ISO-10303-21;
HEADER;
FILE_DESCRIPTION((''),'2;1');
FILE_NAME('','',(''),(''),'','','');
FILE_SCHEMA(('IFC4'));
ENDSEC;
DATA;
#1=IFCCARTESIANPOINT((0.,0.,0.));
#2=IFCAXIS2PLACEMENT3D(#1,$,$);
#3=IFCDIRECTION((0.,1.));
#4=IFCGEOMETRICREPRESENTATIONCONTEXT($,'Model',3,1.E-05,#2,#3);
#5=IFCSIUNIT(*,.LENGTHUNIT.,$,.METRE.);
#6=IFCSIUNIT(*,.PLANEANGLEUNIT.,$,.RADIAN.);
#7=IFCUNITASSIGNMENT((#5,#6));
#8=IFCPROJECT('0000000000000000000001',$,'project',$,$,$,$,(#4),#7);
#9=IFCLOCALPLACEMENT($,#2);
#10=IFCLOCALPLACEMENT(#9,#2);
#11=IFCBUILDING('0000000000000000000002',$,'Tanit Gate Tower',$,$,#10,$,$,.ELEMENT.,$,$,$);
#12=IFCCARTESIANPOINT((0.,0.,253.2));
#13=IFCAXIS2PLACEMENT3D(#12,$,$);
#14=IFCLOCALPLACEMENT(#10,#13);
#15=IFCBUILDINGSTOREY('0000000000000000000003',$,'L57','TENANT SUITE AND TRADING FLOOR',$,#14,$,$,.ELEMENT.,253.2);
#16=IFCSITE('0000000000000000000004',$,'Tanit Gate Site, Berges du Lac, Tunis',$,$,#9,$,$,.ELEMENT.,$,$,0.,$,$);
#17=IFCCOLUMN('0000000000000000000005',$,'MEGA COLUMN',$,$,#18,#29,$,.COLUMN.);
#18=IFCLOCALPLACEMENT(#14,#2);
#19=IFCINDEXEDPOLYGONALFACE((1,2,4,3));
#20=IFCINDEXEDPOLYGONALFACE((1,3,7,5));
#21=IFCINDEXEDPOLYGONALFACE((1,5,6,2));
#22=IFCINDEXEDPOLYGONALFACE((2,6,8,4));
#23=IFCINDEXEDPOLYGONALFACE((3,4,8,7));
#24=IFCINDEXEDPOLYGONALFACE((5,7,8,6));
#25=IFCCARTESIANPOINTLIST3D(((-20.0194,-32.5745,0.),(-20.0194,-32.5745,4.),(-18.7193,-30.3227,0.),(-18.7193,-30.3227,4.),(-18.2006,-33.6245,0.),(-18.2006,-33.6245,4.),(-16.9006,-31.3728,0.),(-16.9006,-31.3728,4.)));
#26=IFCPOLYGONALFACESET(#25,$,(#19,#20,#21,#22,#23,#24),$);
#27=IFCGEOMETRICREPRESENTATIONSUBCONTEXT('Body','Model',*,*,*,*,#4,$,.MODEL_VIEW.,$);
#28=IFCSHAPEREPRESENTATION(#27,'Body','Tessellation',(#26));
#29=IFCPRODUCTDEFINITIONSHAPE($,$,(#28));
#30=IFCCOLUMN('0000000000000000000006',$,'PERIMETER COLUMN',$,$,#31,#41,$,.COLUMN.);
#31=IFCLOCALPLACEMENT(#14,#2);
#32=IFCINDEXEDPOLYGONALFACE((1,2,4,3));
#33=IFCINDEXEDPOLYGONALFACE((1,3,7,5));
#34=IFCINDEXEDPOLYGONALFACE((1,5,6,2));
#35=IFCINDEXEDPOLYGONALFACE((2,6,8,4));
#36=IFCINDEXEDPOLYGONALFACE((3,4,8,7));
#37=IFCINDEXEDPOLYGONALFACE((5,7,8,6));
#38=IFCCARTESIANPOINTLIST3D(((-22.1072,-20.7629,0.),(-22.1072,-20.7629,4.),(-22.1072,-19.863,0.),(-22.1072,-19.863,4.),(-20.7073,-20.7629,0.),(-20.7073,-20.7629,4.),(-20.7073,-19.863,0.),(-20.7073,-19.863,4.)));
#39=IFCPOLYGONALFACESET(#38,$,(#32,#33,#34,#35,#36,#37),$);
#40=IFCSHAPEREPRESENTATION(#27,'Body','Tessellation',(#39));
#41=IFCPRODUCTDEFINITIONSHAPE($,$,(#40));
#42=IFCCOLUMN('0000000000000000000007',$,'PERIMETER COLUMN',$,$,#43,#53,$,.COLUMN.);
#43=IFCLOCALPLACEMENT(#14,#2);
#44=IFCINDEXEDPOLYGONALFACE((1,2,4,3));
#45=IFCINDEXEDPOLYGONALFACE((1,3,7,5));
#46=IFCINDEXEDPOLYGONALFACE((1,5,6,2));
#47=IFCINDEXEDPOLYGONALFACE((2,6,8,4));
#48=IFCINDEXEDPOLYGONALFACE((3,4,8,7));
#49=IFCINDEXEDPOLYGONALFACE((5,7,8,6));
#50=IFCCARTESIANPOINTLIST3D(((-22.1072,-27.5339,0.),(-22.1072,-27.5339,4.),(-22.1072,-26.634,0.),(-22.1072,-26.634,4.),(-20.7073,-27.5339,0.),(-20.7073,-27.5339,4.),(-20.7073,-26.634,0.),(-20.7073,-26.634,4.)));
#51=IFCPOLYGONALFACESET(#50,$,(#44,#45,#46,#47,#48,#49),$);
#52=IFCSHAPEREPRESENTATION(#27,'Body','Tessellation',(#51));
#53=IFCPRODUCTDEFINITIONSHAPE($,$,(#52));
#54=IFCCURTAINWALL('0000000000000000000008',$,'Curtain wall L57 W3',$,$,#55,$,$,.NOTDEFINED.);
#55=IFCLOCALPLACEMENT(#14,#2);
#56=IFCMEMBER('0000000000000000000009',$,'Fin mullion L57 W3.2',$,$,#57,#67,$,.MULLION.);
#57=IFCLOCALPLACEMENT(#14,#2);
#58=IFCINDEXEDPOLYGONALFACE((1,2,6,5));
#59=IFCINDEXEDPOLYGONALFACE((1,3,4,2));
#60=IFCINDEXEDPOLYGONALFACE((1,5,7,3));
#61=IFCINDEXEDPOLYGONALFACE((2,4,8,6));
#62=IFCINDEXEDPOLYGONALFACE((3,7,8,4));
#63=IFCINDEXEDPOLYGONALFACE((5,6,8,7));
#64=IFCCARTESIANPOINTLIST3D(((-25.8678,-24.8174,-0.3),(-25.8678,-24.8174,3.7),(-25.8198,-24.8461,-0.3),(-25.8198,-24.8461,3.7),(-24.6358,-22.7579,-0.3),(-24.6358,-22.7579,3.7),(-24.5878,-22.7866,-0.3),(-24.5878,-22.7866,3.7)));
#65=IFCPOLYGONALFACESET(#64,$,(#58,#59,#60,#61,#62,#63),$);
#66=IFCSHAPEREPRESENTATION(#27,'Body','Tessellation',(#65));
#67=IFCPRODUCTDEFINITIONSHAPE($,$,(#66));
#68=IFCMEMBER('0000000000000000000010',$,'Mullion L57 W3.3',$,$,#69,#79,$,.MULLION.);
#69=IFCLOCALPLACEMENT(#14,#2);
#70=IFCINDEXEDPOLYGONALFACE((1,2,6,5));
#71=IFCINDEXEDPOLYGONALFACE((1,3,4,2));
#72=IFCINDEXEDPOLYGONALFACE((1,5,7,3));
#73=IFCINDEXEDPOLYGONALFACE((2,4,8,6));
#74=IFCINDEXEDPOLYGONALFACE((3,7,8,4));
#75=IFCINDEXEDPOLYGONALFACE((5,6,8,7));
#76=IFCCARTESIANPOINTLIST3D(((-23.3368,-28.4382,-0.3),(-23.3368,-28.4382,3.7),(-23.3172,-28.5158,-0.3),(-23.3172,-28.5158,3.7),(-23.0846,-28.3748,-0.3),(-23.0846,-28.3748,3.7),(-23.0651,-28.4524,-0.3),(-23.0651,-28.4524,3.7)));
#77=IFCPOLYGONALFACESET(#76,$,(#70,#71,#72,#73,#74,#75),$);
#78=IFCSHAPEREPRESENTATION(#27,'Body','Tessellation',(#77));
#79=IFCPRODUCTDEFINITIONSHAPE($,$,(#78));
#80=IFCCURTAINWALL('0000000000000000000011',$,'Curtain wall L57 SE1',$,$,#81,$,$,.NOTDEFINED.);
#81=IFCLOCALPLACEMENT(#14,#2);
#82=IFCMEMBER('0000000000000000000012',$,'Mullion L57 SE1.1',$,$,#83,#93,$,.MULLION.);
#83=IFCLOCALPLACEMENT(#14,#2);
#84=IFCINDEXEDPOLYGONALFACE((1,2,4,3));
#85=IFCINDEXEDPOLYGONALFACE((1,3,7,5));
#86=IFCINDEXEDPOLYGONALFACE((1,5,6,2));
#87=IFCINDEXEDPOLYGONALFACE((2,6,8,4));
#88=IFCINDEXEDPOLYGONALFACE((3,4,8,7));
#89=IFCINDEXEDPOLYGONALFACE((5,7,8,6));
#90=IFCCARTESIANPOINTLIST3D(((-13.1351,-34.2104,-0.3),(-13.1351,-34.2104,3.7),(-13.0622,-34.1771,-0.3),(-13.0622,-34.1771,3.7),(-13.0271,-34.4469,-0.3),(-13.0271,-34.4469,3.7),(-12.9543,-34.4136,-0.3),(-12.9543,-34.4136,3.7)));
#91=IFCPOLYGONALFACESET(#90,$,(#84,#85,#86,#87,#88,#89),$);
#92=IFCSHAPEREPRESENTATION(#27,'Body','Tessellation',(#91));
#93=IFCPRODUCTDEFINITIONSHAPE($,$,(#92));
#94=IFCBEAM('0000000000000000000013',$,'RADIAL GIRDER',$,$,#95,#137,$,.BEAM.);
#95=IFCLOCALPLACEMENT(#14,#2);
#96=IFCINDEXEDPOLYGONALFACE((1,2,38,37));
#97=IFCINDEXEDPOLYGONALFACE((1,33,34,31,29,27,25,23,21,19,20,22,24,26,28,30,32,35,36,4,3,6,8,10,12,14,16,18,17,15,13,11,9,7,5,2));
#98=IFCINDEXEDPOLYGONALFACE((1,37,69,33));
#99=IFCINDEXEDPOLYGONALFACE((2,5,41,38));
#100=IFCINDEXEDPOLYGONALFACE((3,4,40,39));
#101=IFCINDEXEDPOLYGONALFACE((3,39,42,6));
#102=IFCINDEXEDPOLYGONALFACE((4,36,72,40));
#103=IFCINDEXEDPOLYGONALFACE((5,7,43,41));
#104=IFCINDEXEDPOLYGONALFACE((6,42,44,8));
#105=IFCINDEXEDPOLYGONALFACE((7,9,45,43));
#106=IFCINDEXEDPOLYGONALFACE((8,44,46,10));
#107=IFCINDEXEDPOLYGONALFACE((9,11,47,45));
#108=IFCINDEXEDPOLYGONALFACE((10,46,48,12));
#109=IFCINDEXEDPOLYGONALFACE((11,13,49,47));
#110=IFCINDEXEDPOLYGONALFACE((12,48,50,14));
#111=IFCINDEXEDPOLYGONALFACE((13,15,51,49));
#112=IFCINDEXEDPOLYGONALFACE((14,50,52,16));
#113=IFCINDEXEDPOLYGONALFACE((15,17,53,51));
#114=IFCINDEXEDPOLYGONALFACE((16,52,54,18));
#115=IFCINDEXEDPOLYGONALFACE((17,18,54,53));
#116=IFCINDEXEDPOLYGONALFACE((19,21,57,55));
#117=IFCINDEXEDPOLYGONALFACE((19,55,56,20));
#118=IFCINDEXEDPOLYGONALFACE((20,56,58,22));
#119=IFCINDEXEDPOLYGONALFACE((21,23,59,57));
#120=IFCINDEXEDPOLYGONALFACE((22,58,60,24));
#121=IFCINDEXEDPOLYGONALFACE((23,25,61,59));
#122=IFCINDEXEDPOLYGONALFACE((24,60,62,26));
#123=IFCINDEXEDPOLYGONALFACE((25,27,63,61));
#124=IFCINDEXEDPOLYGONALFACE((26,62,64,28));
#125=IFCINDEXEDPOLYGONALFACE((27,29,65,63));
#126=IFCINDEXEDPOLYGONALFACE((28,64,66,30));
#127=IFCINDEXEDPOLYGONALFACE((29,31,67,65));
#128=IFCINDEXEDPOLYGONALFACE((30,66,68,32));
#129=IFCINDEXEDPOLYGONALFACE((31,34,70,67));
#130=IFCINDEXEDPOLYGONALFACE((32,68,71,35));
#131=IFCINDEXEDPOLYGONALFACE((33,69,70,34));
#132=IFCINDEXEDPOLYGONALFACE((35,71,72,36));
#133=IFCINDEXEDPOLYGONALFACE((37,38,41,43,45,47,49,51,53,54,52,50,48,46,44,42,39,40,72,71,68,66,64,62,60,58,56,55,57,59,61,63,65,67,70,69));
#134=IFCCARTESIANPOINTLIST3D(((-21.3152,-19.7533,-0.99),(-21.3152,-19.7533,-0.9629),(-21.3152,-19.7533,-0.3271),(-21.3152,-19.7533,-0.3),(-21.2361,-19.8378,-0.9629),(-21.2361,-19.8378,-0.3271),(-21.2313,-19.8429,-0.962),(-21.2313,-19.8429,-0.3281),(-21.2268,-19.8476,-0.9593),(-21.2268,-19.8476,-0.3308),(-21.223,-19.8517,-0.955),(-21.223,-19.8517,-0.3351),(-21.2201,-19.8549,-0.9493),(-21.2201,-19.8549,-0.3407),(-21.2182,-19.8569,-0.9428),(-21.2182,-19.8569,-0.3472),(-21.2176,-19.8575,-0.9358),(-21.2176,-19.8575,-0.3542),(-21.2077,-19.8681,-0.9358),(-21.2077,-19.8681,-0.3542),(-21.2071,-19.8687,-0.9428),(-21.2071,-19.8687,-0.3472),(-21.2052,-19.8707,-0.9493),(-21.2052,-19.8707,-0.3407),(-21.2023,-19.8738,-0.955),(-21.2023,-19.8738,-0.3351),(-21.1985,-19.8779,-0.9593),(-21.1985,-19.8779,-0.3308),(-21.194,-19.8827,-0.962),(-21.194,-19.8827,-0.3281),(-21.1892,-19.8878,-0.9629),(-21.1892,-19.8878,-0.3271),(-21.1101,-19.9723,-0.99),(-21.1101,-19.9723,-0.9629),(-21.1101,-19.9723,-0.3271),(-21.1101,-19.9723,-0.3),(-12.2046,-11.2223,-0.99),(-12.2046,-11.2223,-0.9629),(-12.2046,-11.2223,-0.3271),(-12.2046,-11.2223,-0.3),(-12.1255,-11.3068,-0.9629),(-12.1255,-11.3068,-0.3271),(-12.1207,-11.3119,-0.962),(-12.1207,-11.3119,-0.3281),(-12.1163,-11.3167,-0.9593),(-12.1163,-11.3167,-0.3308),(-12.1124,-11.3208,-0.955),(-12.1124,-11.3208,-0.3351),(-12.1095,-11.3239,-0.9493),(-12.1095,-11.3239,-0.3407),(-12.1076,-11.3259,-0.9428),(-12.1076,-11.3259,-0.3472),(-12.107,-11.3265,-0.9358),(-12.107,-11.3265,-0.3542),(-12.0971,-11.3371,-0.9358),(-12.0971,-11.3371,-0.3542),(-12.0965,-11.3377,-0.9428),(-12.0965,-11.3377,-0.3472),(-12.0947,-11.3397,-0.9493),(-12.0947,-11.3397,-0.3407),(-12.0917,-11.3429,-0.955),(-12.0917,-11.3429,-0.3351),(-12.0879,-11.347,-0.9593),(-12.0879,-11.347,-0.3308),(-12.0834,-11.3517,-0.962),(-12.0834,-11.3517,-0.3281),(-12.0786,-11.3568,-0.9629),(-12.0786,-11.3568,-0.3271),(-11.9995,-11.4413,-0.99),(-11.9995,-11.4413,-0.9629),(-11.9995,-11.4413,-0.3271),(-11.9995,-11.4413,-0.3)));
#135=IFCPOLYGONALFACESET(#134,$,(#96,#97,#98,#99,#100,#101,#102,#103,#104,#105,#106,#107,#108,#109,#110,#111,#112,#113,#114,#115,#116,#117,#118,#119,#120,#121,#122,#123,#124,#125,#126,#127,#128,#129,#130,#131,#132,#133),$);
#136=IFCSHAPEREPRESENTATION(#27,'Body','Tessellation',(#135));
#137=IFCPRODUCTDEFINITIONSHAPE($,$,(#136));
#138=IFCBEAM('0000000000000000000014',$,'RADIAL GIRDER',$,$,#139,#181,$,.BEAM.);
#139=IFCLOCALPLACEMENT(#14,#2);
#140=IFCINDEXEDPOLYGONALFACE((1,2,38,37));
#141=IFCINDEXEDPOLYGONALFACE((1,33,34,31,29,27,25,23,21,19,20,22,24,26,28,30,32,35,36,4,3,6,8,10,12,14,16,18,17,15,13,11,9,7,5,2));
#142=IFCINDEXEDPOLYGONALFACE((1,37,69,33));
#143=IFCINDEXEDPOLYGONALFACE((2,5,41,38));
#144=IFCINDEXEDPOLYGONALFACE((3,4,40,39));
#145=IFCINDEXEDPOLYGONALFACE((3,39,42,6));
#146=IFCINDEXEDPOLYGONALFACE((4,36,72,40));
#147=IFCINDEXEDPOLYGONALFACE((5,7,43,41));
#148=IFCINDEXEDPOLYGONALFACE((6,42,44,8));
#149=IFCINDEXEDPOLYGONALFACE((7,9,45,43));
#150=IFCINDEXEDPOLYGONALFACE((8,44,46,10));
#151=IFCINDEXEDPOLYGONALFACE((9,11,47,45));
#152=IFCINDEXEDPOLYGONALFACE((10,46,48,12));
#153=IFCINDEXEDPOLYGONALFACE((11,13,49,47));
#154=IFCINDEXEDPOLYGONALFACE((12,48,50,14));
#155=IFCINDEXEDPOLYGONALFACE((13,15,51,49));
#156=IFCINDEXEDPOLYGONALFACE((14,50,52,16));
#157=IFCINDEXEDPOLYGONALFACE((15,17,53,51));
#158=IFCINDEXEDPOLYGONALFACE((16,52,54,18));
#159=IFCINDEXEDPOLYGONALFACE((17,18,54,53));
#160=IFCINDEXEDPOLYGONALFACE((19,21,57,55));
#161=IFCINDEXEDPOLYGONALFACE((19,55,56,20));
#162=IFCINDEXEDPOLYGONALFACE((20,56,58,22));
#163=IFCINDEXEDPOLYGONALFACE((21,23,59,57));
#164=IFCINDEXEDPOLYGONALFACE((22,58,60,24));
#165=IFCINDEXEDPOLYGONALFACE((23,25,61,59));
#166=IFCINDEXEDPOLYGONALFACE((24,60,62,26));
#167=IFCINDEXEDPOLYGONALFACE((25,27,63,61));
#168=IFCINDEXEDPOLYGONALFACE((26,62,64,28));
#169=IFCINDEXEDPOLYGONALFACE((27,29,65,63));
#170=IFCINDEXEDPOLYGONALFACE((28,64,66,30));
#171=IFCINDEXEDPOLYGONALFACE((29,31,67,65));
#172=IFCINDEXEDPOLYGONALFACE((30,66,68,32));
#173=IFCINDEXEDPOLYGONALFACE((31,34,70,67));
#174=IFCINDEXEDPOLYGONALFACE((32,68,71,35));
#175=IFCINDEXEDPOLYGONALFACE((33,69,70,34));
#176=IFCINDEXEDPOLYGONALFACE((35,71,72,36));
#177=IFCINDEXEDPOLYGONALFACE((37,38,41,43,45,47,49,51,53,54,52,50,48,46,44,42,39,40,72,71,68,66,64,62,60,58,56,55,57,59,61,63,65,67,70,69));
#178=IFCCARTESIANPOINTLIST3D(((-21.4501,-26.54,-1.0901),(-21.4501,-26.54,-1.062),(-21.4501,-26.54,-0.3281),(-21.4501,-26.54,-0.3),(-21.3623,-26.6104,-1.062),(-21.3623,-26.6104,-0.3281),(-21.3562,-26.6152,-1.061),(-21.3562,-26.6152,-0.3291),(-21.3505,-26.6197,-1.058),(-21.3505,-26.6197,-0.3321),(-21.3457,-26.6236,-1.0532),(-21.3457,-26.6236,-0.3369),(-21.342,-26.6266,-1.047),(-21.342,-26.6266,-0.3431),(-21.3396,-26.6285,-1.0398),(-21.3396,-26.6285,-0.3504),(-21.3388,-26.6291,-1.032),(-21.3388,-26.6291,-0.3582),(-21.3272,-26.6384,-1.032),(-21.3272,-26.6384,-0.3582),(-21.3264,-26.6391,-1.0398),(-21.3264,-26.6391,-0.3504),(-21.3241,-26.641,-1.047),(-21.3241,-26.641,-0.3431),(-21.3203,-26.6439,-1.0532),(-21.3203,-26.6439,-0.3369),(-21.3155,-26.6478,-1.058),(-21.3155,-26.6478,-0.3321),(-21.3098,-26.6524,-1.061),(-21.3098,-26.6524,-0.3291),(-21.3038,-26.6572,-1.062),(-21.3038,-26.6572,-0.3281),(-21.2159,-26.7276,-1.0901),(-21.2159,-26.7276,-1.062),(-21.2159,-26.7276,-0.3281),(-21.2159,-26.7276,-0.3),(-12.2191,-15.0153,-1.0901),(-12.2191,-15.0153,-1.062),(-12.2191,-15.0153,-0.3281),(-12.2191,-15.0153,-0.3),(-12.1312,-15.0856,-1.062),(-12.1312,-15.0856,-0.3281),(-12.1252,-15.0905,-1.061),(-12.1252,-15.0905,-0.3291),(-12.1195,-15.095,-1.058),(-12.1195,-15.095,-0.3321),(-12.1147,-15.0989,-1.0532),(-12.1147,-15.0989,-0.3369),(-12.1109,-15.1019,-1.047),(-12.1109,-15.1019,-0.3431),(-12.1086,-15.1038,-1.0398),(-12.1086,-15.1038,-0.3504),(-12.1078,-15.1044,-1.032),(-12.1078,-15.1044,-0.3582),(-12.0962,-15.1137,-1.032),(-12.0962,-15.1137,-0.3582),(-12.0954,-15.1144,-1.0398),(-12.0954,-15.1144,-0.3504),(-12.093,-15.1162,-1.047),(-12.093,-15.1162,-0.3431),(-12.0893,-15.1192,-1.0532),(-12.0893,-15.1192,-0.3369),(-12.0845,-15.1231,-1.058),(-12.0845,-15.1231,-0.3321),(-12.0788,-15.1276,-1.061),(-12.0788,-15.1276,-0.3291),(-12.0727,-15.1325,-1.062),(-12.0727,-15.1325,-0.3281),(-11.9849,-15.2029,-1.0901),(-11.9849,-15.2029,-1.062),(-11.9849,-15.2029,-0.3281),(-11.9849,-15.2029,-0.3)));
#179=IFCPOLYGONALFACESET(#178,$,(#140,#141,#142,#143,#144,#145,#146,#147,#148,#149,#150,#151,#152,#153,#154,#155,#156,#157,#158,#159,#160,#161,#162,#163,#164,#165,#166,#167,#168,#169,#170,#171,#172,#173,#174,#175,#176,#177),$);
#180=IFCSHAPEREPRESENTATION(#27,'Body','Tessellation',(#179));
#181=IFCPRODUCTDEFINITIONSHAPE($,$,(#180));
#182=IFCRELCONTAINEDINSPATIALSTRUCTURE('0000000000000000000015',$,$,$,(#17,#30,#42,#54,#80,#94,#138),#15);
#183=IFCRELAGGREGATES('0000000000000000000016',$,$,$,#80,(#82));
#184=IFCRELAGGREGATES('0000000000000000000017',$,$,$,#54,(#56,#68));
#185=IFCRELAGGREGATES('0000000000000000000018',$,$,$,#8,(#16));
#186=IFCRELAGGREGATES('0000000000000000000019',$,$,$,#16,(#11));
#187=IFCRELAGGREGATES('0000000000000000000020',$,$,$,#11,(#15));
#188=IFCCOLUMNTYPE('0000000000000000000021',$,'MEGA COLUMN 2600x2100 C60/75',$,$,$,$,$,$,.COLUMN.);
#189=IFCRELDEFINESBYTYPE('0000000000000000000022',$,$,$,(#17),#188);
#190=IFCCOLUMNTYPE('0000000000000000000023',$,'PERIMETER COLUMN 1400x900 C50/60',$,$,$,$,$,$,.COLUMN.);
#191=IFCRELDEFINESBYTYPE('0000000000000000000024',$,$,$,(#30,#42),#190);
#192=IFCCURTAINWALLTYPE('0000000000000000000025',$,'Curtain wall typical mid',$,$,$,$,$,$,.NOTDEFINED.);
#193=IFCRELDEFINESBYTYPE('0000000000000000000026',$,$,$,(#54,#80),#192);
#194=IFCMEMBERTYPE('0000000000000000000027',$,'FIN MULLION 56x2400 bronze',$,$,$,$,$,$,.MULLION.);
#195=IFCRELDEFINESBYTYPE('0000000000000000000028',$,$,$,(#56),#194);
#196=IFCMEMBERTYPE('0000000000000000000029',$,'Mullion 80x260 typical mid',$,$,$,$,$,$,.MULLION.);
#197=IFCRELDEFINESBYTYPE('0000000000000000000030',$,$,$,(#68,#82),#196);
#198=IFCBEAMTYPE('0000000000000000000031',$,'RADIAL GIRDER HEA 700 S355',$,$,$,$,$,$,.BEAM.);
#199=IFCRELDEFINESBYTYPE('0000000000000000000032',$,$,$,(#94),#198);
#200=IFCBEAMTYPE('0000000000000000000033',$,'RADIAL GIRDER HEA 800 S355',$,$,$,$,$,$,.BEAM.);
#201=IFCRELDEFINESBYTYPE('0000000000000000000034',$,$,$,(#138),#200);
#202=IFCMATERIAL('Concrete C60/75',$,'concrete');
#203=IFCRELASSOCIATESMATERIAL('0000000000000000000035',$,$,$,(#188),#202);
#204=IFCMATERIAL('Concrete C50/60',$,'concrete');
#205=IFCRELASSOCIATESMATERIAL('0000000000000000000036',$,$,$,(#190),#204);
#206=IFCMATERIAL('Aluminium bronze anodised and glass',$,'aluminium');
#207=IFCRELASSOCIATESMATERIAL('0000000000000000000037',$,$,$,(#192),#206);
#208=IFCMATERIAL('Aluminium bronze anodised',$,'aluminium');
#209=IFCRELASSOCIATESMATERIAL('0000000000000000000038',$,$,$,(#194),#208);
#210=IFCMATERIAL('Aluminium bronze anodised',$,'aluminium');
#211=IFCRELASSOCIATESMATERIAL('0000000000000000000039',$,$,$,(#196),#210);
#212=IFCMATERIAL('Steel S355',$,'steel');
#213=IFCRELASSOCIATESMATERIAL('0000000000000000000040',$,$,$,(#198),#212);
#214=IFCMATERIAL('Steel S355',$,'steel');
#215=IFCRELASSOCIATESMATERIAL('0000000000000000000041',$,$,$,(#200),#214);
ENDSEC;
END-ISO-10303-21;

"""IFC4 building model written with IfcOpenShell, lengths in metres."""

from ifc_helpers import new_model, si_unit, direction, frame, origin, origin_2d, place, context, subcontext, project, spatial, rectangle, i_section, extrude, material, material_profile, profile_set, type_object, element, aggregate, save


model = new_model("IFC4")

# Units and contexts
model_context = context("Model", 3, precision=1e-05, world=origin(), true_north=direction((0.0, 1.0)))
body_context = subcontext(model_context, "Body", "Model", "MODEL_VIEW")
ifc_project = project(units=[si_unit("LENGTHUNIT", "METRE"), si_unit("PLANEANGLEUNIT", "RADIAN")], contexts=[model_context])

# Site, building, storey
site_placement = place(None, origin())
site = spatial("IfcSite", under=ifc_project, at=site_placement, Name="Tanit Gate Site, Berges du Lac, Tunis", CompositionType="ELEMENT", RefElevation=0.0)
building_placement = place(site_placement, origin())
building = spatial("IfcBuilding", under=site, at=building_placement, Name="Tanit Gate Tower", CompositionType="ELEMENT")
storey_placement = place(building_placement, frame((0.0, 0.0, 253.2)))
storey = spatial("IfcBuildingStorey", under=building, at=storey_placement, Name="L57", Description="TENANT SUITE AND TRADING FLOOR", CompositionType="ELEMENT", Elevation=253.2)

# Columns
ifc_material_1 = material(Name="Concrete C60/75", Category="concrete")
ifc_material_profile_1 = material_profile(ifc_material_1, rectangle(XDim=2.6001, YDim=2.1001, at=origin_2d()), Name="RC 2600x2100")
ifc_profile_set_1 = profile_set([ifc_material_profile_1], Name="Concrete C60/75")
column_type_1 = type_object("IfcColumnType", Name="MEGA COLUMN 2600x2100 C60/75", PredefinedType="COLUMN", material=ifc_profile_set_1)
column_placement = place(storey_placement, frame((-18.46, -31.9736, 0.0), z_axis=(0.0, 0.0, 1.0), x_axis=(-0.5, -0.866025, 0.0)))
element("IfcColumn", 1, at=column_placement, inside=storey, type_object=column_type_1, Name="MEGA COLUMN", PredefinedType="COLUMN", context=body_context, shape_type="SweptSolid", body=[
    extrude(rectangle(XDim=2.6001, YDim=2.1001, at=origin_2d()), origin(), (0.0, 0.0, 1.0), 4.0),
])
ifc_material_2 = material(Name="Concrete C50/60", Category="concrete")
ifc_material_profile_2 = material_profile(ifc_material_2, rectangle(XDim=1.3999, YDim=0.8999, at=origin_2d()), Name="RC 1400x900")
ifc_profile_set_2 = profile_set([ifc_material_profile_2], Name="Concrete C50/60")
column_type_2 = type_object("IfcColumnType", Name="PERIMETER COLUMN 1400x900 C50/60", PredefinedType="COLUMN", material=ifc_profile_set_2)
for number, where, z_axis, x_axis, name in (
    (2, (-21.4072, -20.313, 0.0), (0.0, 0.0, 1.0), (-1.0, 0.0, 0.0), "PERIMETER COLUMN"),
    (3, (-21.4072, -27.084, 0.0), (0.0, 0.0, 1.0), (-1.0, 0.0, 0.0), "PERIMETER COLUMN"),
):
    element("IfcColumn", number, at=place(storey_placement, frame(where, z_axis=z_axis, x_axis=x_axis)), inside=storey, type_object=column_type_2, Name=name, PredefinedType="COLUMN", context=body_context, shape_type="SweptSolid", body=[
        extrude(rectangle(XDim=1.3999, YDim=0.8999, at=origin_2d()), origin(), (0.0, 0.0, 1.0), 4.0),
    ])

# Curtain wall, members
ifc_material_3 = material(Name="Aluminium bronze anodised and glass", Category="aluminium")
curtain_wall_type = type_object("IfcCurtainWallType", Name="Curtain wall typical mid", PredefinedType="NOTDEFINED", material=ifc_material_3)
curtain_wall_1_placement = place(storey_placement, origin())
curtain_wall_1 = element("IfcCurtainWall", 4, at=curtain_wall_1_placement, inside=storey, type_object=curtain_wall_type, Name="Curtain wall L57 W3", PredefinedType="NOTDEFINED")
ifc_material_4 = material(Name="Aluminium bronze anodised", Category="aluminium")
ifc_material_profile_3 = material_profile(ifc_material_4, rectangle(XDim=2.3999, YDim=0.0559, at=origin_2d()), Name="56x2400 bronze fin mullion")
ifc_profile_set_3 = profile_set([ifc_material_profile_3], Name="Aluminium bronze anodised")
member_type_1 = type_object("IfcMemberType", Name="FIN MULLION 56x2400 bronze", PredefinedType="MULLION", material=ifc_profile_set_3)
member_1_placement = place(storey_placement, frame((-25.2278, -23.802, -0.3), z_axis=(0.0, 0.0, 1.0), x_axis=(0.513349, 0.85818, 0.0)))
member_1 = element("IfcMember", 5, at=member_1_placement, type_object=member_type_1, Name="Fin mullion L57 W3.2", PredefinedType="MULLION", context=body_context, shape_type="SweptSolid", body=[
    extrude(rectangle(XDim=2.3999, YDim=0.0559, at=origin_2d()), origin(), (0.0, 0.0, 1.0), 4.0),
])
ifc_material_5 = material(Name="Aluminium bronze anodised", Category="aluminium")
ifc_material_profile_4 = material_profile(ifc_material_5, rectangle(XDim=0.26, YDim=0.0801, at=origin_2d()), Name="80x260 bronze mullion")
ifc_profile_set_4 = profile_set([ifc_material_profile_4], Name="Aluminium bronze anodised")
member_type_2 = type_object("IfcMemberType", Name="Mullion 80x260 typical mid", PredefinedType="MULLION", material=ifc_profile_set_4)
member_2_placement = place(storey_placement, frame((-23.2009, -28.4453, -0.3), z_axis=(0.0, 0.0, 1.0), x_axis=(0.969818, 0.243832, 0.0)))
member_2 = element("IfcMember", 6, at=member_2_placement, type_object=member_type_2, Name="Mullion L57 W3.3", PredefinedType="MULLION", context=body_context, shape_type="SweptSolid", body=[
    extrude(rectangle(XDim=0.26, YDim=0.0801, at=origin_2d()), origin(), (0.0, 0.0, 1.0), 4.0),
])

# Curtain wall, member
curtain_wall_2_placement = place(storey_placement, origin())
curtain_wall_2 = element("IfcCurtainWall", 7, at=curtain_wall_2_placement, inside=storey, type_object=curtain_wall_type, Name="Curtain wall L57 SE1", PredefinedType="NOTDEFINED")
member_3_placement = place(storey_placement, frame((-13.0447, -34.312, -0.3), z_axis=(0.0, 0.0, 1.0), x_axis=(-0.4153, 0.909685, 0.0)))
member_3 = element("IfcMember", 8, at=member_3_placement, type_object=member_type_2, Name="Mullion L57 SE1.1", PredefinedType="MULLION", context=body_context, shape_type="SweptSolid", body=[
    extrude(rectangle(XDim=0.26, YDim=0.0801, at=origin_2d()), origin(), (0.0, 0.0, 1.0), 4.0),
])

# Beams
ifc_material_6 = material(Name="Steel S355", Category="steel")
ifc_material_profile_5 = material_profile(ifc_material_6, i_section(OverallWidth=0.3, OverallDepth=0.6899, WebThickness=0.0144, FlangeThickness=0.0271, FilletRadius=0.0271, at=origin_2d()), Name="HEA 700")
ifc_profile_set_5 = profile_set([ifc_material_profile_5], Name="Steel S355")
beam_type_1 = type_object("IfcBeamType", Name="RADIAL GIRDER HEA 700 S355", PredefinedType="BEAM", material=ifc_profile_set_5)
beam_1_placement = place(storey_placement, frame((-21.2126, -19.8628, -0.645), z_axis=(0.729944, 0.683507, 0.0), x_axis=(-0.683507, 0.729944, 0.0)))
element("IfcBeam", 9, at=beam_1_placement, inside=storey, type_object=beam_type_1, Name="RADIAL GIRDER", PredefinedType="BEAM", context=body_context, shape_type="SweptSolid", body=[
    extrude(i_section(OverallWidth=0.3, OverallDepth=0.6899, WebThickness=0.0144, FlangeThickness=0.0271, FilletRadius=0.0271, at=origin_2d()), origin(), (0.0, 0.0, 1.0), 12.4812),
])
ifc_material_7 = material(Name="Steel S355", Category="steel")
ifc_material_profile_6 = material_profile(ifc_material_7, i_section(OverallWidth=0.3, OverallDepth=0.79, WebThickness=0.0149, FlangeThickness=0.0281, FilletRadius=0.03, at=origin_2d()), Name="HEA 800")
ifc_profile_set_6 = profile_set([ifc_material_profile_6], Name="Steel S355")
beam_type_2 = type_object("IfcBeamType", Name="RADIAL GIRDER HEA 800 S355", PredefinedType="BEAM", material=ifc_profile_set_6)
beam_2_placement = place(storey_placement, frame((-21.333, -26.6338, -0.6951), z_axis=(0.625159, 0.780498, 0.0), x_axis=(-0.780498, 0.625159, 0.0)))
element("IfcBeam", 10, at=beam_2_placement, inside=storey, type_object=beam_type_2, Name="RADIAL GIRDER", PredefinedType="BEAM", context=body_context, shape_type="SweptSolid", body=[
    extrude(i_section(OverallWidth=0.3, OverallDepth=0.79, WebThickness=0.0149, FlangeThickness=0.0281, FilletRadius=0.03, at=origin_2d()), origin(), (0.0, 0.0, 1.0), 14.7659),
])

aggregate(curtain_wall_2, [member_3])

aggregate(curtain_wall_1, [member_1, member_2])

save(model, "model.ifc")
